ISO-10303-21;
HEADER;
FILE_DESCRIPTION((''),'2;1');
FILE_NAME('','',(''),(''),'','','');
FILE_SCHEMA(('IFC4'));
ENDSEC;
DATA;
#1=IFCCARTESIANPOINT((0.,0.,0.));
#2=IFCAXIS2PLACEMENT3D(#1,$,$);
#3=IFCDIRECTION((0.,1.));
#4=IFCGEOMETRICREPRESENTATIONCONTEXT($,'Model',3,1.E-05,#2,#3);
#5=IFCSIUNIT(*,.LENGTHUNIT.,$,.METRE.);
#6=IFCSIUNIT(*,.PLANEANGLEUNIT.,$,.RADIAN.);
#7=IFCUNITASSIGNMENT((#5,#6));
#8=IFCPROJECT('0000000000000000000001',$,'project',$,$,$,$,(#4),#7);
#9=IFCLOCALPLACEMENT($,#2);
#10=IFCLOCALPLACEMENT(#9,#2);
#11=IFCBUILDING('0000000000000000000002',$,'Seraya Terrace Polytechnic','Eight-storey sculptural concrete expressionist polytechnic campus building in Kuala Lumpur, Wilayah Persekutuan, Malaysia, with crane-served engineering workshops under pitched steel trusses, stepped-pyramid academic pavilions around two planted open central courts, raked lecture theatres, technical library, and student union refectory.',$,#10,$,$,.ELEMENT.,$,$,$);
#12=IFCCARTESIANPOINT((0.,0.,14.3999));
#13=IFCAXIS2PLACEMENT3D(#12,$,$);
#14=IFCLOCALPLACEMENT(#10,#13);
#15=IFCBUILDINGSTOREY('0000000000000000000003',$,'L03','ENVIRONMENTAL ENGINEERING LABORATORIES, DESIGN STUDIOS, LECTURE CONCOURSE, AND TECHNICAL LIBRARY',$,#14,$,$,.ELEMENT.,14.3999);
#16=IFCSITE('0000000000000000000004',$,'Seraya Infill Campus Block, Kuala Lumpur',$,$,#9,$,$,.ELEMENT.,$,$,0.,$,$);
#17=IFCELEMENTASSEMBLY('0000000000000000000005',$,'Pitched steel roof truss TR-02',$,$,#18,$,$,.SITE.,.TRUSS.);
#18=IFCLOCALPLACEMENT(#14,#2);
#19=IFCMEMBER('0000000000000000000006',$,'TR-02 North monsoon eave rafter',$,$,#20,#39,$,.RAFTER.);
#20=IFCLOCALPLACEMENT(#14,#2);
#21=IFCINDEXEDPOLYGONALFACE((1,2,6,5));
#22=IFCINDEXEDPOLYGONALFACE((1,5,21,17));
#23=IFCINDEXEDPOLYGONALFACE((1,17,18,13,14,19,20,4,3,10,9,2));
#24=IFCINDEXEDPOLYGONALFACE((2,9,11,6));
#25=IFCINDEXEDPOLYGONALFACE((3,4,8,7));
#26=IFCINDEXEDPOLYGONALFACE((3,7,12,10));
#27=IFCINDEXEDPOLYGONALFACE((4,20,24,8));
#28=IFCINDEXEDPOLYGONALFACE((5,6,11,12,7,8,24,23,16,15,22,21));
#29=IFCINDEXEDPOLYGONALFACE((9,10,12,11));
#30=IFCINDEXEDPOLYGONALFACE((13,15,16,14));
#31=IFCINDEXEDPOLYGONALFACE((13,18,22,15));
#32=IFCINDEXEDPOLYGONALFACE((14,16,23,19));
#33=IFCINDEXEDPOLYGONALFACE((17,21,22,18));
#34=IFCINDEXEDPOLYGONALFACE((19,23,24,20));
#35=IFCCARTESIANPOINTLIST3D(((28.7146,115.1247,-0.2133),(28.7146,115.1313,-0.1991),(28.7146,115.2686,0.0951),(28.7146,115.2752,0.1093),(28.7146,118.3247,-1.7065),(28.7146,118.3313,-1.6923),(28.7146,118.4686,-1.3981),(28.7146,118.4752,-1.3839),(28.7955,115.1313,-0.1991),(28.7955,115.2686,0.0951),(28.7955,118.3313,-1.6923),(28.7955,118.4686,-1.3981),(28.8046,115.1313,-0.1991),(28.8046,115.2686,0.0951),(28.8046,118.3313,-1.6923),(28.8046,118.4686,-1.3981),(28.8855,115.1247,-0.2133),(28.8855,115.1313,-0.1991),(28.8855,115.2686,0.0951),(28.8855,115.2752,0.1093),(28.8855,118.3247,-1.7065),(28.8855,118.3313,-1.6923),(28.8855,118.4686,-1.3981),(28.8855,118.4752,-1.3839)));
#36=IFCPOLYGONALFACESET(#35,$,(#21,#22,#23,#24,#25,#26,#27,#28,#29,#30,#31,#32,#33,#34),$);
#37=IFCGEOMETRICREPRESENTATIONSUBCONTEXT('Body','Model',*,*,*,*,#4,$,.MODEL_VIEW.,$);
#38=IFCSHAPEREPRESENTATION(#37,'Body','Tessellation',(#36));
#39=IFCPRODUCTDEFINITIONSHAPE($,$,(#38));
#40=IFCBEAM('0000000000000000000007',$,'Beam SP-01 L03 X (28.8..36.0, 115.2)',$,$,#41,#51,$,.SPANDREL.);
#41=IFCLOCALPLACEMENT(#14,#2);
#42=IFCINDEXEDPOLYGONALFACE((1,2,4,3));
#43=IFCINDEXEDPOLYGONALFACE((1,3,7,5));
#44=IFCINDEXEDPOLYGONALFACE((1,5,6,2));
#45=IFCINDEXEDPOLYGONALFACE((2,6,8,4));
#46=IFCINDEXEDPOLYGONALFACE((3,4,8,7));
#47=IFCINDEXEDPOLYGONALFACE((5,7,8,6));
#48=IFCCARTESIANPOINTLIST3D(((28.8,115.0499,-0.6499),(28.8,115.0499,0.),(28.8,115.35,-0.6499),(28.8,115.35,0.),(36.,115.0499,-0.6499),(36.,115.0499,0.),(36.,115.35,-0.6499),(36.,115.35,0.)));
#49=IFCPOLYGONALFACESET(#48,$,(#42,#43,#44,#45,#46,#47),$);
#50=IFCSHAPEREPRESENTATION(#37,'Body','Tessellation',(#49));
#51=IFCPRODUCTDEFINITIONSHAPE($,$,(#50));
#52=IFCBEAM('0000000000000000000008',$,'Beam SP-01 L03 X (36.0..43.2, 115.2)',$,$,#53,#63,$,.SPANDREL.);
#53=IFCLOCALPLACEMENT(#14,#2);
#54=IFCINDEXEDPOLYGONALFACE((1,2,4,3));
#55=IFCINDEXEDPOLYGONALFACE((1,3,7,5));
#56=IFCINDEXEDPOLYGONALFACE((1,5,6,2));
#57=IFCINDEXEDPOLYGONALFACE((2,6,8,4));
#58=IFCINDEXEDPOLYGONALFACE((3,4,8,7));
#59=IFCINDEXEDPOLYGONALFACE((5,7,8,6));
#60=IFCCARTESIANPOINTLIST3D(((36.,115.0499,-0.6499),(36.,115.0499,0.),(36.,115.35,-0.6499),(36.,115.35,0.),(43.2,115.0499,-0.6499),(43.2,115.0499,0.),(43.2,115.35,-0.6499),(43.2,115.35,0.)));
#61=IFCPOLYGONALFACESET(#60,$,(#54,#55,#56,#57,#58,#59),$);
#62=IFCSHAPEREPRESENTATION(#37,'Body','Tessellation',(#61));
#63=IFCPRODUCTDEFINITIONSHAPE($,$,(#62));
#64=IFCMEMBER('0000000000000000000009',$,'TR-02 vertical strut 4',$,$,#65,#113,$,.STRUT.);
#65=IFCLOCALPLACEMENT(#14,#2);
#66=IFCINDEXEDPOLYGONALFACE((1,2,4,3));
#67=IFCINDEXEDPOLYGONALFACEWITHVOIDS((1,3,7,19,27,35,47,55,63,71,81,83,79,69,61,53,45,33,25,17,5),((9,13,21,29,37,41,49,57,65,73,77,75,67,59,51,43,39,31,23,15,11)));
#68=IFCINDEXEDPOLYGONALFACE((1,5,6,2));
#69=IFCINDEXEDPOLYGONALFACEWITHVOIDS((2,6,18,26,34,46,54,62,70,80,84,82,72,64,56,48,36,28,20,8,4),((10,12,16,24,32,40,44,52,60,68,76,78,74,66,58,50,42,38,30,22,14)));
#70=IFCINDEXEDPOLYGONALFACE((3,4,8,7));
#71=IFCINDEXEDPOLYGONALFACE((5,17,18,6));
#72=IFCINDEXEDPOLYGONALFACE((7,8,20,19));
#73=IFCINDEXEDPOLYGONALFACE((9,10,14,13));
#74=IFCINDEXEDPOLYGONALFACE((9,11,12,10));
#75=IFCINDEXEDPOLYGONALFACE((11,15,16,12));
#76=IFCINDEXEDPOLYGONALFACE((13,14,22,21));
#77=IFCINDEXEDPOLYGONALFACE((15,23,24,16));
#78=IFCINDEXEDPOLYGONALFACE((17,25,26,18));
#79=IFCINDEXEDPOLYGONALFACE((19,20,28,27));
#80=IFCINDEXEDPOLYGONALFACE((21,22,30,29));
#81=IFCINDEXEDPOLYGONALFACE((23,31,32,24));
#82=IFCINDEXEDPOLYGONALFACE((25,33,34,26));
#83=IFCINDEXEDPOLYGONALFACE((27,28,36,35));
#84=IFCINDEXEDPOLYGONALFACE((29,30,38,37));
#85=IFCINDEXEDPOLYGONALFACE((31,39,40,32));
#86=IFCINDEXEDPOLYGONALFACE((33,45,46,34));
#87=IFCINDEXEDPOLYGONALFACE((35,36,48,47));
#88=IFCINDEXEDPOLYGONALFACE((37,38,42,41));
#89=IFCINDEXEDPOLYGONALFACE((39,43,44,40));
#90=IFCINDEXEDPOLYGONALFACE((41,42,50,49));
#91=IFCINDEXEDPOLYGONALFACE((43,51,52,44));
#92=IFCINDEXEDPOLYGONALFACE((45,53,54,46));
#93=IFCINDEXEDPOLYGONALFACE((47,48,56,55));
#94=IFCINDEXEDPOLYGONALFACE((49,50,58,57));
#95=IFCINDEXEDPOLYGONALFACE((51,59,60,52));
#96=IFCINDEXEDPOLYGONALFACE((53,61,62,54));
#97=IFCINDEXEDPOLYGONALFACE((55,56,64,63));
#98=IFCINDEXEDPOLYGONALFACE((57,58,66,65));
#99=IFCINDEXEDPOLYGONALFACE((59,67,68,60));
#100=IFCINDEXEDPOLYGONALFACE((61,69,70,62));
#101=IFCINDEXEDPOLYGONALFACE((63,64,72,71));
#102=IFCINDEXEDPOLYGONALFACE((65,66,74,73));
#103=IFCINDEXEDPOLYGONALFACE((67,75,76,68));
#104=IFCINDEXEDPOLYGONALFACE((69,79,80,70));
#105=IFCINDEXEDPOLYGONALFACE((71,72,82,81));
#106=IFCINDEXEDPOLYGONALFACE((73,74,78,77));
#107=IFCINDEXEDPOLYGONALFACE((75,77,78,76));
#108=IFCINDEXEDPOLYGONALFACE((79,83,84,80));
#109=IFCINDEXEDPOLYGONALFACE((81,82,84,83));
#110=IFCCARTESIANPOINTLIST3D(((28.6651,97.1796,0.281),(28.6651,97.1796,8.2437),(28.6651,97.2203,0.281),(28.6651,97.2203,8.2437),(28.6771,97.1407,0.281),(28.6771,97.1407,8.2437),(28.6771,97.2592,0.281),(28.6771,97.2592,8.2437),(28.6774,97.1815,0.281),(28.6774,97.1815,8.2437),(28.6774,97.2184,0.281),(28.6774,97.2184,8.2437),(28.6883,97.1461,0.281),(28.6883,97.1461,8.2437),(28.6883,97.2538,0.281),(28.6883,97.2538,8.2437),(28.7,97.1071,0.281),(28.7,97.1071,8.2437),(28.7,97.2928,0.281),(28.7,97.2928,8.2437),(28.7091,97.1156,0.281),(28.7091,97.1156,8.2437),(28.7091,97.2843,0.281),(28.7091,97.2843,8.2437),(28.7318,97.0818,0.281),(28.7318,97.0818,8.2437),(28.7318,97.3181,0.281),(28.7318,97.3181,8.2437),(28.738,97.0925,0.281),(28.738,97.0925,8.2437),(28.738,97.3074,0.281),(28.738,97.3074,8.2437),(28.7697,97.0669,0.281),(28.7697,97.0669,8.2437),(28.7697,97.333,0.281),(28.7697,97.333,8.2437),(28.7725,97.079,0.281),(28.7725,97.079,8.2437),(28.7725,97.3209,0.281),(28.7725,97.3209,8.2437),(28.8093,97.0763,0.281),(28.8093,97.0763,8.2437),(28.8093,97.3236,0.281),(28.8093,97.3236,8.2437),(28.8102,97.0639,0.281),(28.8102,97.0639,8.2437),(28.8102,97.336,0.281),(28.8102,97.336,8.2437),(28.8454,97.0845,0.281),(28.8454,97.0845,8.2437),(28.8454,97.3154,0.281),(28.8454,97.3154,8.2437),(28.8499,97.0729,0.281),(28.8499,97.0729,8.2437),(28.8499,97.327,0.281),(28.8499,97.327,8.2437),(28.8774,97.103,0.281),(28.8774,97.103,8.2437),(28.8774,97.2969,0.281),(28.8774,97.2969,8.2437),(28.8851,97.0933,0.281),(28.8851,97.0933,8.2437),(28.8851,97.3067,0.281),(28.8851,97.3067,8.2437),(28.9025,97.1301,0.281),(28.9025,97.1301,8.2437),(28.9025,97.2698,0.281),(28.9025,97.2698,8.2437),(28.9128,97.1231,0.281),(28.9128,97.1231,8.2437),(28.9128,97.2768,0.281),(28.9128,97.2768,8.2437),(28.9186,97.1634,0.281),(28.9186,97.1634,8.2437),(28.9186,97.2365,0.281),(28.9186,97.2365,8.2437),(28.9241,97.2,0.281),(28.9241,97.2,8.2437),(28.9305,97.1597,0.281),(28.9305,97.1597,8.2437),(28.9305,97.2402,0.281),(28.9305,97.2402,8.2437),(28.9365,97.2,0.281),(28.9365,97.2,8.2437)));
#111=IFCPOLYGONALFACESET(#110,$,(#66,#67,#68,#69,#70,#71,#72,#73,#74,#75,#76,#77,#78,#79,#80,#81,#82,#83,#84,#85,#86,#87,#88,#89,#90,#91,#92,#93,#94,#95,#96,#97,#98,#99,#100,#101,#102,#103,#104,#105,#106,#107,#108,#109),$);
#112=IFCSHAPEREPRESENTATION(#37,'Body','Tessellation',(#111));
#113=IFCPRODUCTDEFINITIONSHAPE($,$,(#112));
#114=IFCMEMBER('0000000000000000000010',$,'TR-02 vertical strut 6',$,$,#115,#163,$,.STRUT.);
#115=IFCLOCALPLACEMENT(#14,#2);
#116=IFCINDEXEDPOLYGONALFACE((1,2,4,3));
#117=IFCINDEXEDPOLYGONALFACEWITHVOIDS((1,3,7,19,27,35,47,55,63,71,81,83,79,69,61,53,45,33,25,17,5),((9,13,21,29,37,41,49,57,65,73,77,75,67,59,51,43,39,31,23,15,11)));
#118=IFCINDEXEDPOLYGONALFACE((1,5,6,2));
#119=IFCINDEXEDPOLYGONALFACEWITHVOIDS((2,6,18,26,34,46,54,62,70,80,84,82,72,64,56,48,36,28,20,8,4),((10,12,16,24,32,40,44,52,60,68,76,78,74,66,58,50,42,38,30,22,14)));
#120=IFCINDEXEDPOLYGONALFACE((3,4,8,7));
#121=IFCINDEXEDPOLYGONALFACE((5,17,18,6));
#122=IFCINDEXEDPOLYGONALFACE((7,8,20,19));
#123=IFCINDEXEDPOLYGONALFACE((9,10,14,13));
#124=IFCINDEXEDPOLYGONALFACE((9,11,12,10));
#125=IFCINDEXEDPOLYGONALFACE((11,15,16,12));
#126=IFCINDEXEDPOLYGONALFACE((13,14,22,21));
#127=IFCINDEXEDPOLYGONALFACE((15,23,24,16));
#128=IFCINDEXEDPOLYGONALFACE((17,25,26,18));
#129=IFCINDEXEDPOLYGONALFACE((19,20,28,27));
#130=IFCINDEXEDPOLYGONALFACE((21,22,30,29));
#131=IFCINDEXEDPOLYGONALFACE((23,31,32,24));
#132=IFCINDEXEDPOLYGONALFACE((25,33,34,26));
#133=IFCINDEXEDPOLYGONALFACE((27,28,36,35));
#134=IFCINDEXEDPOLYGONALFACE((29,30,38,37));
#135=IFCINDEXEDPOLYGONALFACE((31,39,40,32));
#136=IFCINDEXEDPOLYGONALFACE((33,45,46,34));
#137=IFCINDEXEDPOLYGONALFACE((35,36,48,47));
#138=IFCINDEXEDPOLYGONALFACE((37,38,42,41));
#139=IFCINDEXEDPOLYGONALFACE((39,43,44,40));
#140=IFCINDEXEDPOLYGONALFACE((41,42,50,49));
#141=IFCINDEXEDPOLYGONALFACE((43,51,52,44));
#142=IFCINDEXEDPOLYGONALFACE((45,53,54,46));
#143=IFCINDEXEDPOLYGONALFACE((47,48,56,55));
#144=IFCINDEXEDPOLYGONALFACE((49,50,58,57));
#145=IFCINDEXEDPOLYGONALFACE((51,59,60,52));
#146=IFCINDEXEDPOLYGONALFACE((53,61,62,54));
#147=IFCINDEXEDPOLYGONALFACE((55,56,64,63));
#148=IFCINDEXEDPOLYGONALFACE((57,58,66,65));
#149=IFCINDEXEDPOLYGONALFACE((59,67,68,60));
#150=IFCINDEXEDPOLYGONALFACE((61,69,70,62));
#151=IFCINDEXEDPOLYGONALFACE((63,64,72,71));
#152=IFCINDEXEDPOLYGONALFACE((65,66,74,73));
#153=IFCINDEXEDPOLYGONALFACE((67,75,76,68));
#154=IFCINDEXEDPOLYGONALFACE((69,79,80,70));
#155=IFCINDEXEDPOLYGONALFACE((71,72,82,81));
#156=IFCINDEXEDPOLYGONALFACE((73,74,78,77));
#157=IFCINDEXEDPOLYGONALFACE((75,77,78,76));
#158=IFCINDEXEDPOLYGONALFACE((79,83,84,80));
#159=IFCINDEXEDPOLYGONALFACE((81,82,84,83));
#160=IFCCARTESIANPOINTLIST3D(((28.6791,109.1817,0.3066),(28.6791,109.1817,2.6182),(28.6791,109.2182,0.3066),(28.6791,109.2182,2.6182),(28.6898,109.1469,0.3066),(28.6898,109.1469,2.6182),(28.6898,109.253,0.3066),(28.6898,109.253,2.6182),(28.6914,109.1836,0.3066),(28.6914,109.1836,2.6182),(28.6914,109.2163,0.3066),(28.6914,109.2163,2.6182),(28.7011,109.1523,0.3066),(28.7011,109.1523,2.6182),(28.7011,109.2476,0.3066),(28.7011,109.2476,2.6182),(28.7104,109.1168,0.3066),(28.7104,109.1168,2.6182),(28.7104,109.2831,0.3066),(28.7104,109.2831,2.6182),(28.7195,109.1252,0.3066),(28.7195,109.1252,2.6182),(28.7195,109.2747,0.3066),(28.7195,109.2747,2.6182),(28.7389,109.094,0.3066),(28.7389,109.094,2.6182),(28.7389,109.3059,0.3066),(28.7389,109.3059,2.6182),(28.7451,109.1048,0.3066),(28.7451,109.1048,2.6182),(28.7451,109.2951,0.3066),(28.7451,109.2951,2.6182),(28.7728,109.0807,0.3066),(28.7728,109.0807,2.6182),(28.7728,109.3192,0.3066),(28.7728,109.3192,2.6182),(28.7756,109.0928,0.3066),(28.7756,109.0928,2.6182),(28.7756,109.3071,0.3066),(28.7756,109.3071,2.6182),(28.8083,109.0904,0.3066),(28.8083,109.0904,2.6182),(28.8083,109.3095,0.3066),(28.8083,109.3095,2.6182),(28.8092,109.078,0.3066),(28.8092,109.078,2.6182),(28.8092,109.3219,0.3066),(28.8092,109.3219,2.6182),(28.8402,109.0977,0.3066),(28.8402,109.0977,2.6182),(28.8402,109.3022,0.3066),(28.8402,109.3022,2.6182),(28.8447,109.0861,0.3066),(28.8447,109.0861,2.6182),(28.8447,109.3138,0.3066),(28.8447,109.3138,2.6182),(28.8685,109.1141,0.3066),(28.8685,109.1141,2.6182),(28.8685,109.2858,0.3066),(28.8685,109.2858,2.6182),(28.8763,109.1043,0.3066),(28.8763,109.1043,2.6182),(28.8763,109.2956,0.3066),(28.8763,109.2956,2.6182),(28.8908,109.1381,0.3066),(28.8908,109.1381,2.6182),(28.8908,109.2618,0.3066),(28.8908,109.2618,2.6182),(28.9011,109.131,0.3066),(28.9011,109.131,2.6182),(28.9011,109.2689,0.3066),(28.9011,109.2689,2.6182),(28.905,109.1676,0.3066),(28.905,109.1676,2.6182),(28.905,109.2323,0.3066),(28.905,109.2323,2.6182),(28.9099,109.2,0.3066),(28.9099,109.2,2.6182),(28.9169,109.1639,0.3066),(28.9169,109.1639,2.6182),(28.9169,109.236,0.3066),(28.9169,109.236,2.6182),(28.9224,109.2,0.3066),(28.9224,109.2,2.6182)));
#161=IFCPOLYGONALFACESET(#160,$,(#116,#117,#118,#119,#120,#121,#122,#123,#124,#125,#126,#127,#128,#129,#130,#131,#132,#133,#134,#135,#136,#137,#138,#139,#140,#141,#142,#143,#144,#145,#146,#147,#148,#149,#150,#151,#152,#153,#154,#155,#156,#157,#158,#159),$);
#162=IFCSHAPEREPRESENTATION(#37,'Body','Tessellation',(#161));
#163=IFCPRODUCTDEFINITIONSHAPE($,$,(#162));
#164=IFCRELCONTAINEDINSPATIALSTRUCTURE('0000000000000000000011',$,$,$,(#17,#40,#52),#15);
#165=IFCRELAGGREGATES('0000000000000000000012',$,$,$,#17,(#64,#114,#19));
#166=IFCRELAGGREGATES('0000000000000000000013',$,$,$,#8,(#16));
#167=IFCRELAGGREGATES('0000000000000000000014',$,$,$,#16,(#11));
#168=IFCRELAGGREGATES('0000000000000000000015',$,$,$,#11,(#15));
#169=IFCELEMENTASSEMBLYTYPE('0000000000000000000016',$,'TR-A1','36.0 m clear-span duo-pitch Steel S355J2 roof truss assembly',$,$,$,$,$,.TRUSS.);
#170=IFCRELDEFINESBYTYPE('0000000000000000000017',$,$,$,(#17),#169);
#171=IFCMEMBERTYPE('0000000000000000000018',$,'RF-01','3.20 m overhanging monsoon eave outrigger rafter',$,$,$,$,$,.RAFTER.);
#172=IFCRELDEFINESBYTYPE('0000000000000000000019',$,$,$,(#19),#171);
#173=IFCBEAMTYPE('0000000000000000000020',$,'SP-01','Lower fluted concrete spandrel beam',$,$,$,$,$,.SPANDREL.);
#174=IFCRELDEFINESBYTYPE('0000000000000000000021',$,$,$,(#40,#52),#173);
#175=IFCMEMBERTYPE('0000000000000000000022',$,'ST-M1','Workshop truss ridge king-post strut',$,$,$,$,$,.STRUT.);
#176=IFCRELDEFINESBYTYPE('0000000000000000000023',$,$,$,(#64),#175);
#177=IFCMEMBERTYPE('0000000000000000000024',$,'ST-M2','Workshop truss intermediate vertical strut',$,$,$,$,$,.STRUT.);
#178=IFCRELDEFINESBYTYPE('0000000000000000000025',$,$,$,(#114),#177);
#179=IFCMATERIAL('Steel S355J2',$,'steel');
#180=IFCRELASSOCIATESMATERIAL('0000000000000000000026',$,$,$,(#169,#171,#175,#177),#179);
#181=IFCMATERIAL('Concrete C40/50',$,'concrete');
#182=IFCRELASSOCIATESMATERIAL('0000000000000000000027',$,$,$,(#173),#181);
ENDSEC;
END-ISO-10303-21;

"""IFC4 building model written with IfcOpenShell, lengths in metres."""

from ifc_helpers import new_model, si_unit, direction, frame, origin, origin_2d, place, context, subcontext, project, spatial, rectangle, hollow_circle, i_section, extrude, material, material_profile, profile_set, type_object, element, aggregate, save


model = new_model("IFC4")

# Units and contexts
model_context = context("Model", 3, precision=1e-05, world=origin(), true_north=direction((0.0, 1.0)))
body_context = subcontext(model_context, "Body", "Model", "MODEL_VIEW")
ifc_project = project(units=[si_unit("LENGTHUNIT", "METRE"), si_unit("PLANEANGLEUNIT", "RADIAN")], contexts=[model_context])

# Site, building, storey
site_placement = place(None, origin())
site = spatial("IfcSite", under=ifc_project, at=site_placement, Name="Seraya Infill Campus Block, Kuala Lumpur", CompositionType="ELEMENT", RefElevation=0.0)
building_placement = place(site_placement, origin())
building = spatial("IfcBuilding", under=site, at=building_placement, Name="Seraya Terrace Polytechnic", Description="Eight-storey sculptural concrete expressionist polytechnic campus building in Kuala Lumpur, Wilayah Persekutuan, Malaysia, with crane-served engineering workshops under pitched steel trusses, stepped-pyramid academic pavilions around two planted open central courts, raked lecture theatres, technical library, and student union refectory.", CompositionType="ELEMENT")
storey_placement = place(building_placement, frame((0.0, 0.0, 14.3999)))
storey = spatial("IfcBuildingStorey", under=building, at=storey_placement, Name="L03", Description="ENVIRONMENTAL ENGINEERING LABORATORIES, DESIGN STUDIOS, LECTURE CONCOURSE, AND TECHNICAL LIBRARY", CompositionType="ELEMENT", Elevation=14.3999)

# Element assembly
ifc_material_1 = material(Name="Steel S355J2", Category="steel")
element_assembly_type = type_object("IfcElementAssemblyType", Name="TR-A1", Description="36.0 m clear-span duo-pitch Steel S355J2 roof truss assembly", PredefinedType="TRUSS", material=ifc_material_1)
assembly_placement = place(storey_placement, origin())
assembly = element("IfcElementAssembly", 1, at=assembly_placement, inside=storey, type_object=element_assembly_type, Name="Pitched steel roof truss TR-02", AssemblyPlace="SITE", PredefinedType="TRUSS")

# Member
ifc_material_profile_1 = material_profile(ifc_material_1, i_section(OverallWidth=0.1709, OverallDepth=0.356, WebThickness=0.009, FlangeThickness=0.0156, at=origin_2d()), Name="UKB 356x171x9.1x15.7")
ifc_profile_set_1 = profile_set([ifc_material_profile_1], Name="Steel S355J2")
member_type_1 = type_object("IfcMemberType", Name="RF-01", Description="3.20 m overhanging monsoon eave outrigger rafter", PredefinedType="RAFTER", material=ifc_profile_set_1)
member_1_placement = place(storey_placement, frame((28.8, 115.2, -0.052), z_axis=(0.0, 0.906199, -0.422851), x_axis=(-1.0, 0.0, 0.0)))
member_1 = element("IfcMember", 2, at=member_1_placement, type_object=member_type_1, Name="TR-02 North monsoon eave rafter", PredefinedType="RAFTER", context=body_context, shape_type="SweptSolid", body=[
    extrude(i_section(OverallWidth=0.1709, OverallDepth=0.356, WebThickness=0.009, FlangeThickness=0.0156, at=origin_2d()), origin(), (0.0, 0.0, 1.0), 3.5312),
])

# Beams
ifc_material_2 = material(Name="Concrete C40/50", Category="concrete")
ifc_material_profile_2 = material_profile(ifc_material_2, rectangle(XDim=0.3, YDim=0.6499, at=origin_2d()), Name="RC 300x650")
ifc_profile_set_2 = profile_set([ifc_material_profile_2], Name="Concrete C40/50")
beam_type = type_object("IfcBeamType", Name="SP-01", Description="Lower fluted concrete spandrel beam", PredefinedType="SPANDREL", material=ifc_profile_set_2)
for number, where, z_axis, x_axis, name in (
    (3, (28.8, 115.2, -0.325), (1.0, 0.0, 0.0), (0.0, 1.0, 0.0), "Beam SP-01 L03 X (28.8..36.0, 115.2)"),
    (4, (36.0, 115.2, -0.325), (1.0, 0.0, 0.0), (0.0, 1.0, 0.0), "Beam SP-01 L03 X (36.0..43.2, 115.2)"),
):
    element("IfcBeam", number, at=place(storey_placement, frame(where, z_axis=z_axis, x_axis=x_axis)), inside=storey, type_object=beam_type, Name=name, PredefinedType="SPANDREL", context=body_context, shape_type="SweptSolid", body=[
        extrude(rectangle(XDim=0.3, YDim=0.6499, at=origin_2d()), origin(), (0.0, 0.0, 1.0), 7.2),
    ])

# Members
ifc_material_profile_3 = material_profile(ifc_material_1, hollow_circle(Radius=0.1365, WallThickness=0.0125, at=origin_2d()), Name="CHS 273.0x12.5")
ifc_profile_set_3 = profile_set([ifc_material_profile_3], Name="Steel S355J2")
member_type_2 = type_object("IfcMemberType", Name="ST-M1", Description="Workshop truss ridge king-post strut", PredefinedType="STRUT", material=ifc_profile_set_3)
member_2_placement = place(storey_placement, frame((28.8, 97.2, 0.281), z_axis=(0.0, 0.0, 1.0), x_axis=(1.0, 0.0, 0.0)))
member_2 = element("IfcMember", 5, at=member_2_placement, type_object=member_type_2, Name="TR-02 vertical strut 4", PredefinedType="STRUT", context=body_context, shape_type="SweptSolid", body=[
    extrude(hollow_circle(Radius=0.1365, WallThickness=0.0125, at=origin_2d()), origin(), (0.0, 0.0, 1.0), 7.9626),
])
ifc_material_profile_4 = material_profile(ifc_material_1, hollow_circle(Radius=0.1223, WallThickness=0.0125, at=origin_2d()), Name="CHS 244.5x12.5")
ifc_profile_set_4 = profile_set([ifc_material_profile_4], Name="Steel S355J2")
member_type_3 = type_object("IfcMemberType", Name="ST-M2", Description="Workshop truss intermediate vertical strut", PredefinedType="STRUT", material=ifc_profile_set_4)
member_3_placement = place(storey_placement, frame((28.8, 109.2, 0.3066), z_axis=(0.0, 0.0, 1.0), x_axis=(1.0, 0.0, 0.0)))
member_3 = element("IfcMember", 6, at=member_3_placement, type_object=member_type_3, Name="TR-02 vertical strut 6", PredefinedType="STRUT", context=body_context, shape_type="SweptSolid", body=[
    extrude(hollow_circle(Radius=0.1223, WallThickness=0.0125, at=origin_2d()), origin(), (0.0, 0.0, 1.0), 2.3115),
])

aggregate(assembly, [member_2, member_3, member_1])

save(model, "model.ifc")
